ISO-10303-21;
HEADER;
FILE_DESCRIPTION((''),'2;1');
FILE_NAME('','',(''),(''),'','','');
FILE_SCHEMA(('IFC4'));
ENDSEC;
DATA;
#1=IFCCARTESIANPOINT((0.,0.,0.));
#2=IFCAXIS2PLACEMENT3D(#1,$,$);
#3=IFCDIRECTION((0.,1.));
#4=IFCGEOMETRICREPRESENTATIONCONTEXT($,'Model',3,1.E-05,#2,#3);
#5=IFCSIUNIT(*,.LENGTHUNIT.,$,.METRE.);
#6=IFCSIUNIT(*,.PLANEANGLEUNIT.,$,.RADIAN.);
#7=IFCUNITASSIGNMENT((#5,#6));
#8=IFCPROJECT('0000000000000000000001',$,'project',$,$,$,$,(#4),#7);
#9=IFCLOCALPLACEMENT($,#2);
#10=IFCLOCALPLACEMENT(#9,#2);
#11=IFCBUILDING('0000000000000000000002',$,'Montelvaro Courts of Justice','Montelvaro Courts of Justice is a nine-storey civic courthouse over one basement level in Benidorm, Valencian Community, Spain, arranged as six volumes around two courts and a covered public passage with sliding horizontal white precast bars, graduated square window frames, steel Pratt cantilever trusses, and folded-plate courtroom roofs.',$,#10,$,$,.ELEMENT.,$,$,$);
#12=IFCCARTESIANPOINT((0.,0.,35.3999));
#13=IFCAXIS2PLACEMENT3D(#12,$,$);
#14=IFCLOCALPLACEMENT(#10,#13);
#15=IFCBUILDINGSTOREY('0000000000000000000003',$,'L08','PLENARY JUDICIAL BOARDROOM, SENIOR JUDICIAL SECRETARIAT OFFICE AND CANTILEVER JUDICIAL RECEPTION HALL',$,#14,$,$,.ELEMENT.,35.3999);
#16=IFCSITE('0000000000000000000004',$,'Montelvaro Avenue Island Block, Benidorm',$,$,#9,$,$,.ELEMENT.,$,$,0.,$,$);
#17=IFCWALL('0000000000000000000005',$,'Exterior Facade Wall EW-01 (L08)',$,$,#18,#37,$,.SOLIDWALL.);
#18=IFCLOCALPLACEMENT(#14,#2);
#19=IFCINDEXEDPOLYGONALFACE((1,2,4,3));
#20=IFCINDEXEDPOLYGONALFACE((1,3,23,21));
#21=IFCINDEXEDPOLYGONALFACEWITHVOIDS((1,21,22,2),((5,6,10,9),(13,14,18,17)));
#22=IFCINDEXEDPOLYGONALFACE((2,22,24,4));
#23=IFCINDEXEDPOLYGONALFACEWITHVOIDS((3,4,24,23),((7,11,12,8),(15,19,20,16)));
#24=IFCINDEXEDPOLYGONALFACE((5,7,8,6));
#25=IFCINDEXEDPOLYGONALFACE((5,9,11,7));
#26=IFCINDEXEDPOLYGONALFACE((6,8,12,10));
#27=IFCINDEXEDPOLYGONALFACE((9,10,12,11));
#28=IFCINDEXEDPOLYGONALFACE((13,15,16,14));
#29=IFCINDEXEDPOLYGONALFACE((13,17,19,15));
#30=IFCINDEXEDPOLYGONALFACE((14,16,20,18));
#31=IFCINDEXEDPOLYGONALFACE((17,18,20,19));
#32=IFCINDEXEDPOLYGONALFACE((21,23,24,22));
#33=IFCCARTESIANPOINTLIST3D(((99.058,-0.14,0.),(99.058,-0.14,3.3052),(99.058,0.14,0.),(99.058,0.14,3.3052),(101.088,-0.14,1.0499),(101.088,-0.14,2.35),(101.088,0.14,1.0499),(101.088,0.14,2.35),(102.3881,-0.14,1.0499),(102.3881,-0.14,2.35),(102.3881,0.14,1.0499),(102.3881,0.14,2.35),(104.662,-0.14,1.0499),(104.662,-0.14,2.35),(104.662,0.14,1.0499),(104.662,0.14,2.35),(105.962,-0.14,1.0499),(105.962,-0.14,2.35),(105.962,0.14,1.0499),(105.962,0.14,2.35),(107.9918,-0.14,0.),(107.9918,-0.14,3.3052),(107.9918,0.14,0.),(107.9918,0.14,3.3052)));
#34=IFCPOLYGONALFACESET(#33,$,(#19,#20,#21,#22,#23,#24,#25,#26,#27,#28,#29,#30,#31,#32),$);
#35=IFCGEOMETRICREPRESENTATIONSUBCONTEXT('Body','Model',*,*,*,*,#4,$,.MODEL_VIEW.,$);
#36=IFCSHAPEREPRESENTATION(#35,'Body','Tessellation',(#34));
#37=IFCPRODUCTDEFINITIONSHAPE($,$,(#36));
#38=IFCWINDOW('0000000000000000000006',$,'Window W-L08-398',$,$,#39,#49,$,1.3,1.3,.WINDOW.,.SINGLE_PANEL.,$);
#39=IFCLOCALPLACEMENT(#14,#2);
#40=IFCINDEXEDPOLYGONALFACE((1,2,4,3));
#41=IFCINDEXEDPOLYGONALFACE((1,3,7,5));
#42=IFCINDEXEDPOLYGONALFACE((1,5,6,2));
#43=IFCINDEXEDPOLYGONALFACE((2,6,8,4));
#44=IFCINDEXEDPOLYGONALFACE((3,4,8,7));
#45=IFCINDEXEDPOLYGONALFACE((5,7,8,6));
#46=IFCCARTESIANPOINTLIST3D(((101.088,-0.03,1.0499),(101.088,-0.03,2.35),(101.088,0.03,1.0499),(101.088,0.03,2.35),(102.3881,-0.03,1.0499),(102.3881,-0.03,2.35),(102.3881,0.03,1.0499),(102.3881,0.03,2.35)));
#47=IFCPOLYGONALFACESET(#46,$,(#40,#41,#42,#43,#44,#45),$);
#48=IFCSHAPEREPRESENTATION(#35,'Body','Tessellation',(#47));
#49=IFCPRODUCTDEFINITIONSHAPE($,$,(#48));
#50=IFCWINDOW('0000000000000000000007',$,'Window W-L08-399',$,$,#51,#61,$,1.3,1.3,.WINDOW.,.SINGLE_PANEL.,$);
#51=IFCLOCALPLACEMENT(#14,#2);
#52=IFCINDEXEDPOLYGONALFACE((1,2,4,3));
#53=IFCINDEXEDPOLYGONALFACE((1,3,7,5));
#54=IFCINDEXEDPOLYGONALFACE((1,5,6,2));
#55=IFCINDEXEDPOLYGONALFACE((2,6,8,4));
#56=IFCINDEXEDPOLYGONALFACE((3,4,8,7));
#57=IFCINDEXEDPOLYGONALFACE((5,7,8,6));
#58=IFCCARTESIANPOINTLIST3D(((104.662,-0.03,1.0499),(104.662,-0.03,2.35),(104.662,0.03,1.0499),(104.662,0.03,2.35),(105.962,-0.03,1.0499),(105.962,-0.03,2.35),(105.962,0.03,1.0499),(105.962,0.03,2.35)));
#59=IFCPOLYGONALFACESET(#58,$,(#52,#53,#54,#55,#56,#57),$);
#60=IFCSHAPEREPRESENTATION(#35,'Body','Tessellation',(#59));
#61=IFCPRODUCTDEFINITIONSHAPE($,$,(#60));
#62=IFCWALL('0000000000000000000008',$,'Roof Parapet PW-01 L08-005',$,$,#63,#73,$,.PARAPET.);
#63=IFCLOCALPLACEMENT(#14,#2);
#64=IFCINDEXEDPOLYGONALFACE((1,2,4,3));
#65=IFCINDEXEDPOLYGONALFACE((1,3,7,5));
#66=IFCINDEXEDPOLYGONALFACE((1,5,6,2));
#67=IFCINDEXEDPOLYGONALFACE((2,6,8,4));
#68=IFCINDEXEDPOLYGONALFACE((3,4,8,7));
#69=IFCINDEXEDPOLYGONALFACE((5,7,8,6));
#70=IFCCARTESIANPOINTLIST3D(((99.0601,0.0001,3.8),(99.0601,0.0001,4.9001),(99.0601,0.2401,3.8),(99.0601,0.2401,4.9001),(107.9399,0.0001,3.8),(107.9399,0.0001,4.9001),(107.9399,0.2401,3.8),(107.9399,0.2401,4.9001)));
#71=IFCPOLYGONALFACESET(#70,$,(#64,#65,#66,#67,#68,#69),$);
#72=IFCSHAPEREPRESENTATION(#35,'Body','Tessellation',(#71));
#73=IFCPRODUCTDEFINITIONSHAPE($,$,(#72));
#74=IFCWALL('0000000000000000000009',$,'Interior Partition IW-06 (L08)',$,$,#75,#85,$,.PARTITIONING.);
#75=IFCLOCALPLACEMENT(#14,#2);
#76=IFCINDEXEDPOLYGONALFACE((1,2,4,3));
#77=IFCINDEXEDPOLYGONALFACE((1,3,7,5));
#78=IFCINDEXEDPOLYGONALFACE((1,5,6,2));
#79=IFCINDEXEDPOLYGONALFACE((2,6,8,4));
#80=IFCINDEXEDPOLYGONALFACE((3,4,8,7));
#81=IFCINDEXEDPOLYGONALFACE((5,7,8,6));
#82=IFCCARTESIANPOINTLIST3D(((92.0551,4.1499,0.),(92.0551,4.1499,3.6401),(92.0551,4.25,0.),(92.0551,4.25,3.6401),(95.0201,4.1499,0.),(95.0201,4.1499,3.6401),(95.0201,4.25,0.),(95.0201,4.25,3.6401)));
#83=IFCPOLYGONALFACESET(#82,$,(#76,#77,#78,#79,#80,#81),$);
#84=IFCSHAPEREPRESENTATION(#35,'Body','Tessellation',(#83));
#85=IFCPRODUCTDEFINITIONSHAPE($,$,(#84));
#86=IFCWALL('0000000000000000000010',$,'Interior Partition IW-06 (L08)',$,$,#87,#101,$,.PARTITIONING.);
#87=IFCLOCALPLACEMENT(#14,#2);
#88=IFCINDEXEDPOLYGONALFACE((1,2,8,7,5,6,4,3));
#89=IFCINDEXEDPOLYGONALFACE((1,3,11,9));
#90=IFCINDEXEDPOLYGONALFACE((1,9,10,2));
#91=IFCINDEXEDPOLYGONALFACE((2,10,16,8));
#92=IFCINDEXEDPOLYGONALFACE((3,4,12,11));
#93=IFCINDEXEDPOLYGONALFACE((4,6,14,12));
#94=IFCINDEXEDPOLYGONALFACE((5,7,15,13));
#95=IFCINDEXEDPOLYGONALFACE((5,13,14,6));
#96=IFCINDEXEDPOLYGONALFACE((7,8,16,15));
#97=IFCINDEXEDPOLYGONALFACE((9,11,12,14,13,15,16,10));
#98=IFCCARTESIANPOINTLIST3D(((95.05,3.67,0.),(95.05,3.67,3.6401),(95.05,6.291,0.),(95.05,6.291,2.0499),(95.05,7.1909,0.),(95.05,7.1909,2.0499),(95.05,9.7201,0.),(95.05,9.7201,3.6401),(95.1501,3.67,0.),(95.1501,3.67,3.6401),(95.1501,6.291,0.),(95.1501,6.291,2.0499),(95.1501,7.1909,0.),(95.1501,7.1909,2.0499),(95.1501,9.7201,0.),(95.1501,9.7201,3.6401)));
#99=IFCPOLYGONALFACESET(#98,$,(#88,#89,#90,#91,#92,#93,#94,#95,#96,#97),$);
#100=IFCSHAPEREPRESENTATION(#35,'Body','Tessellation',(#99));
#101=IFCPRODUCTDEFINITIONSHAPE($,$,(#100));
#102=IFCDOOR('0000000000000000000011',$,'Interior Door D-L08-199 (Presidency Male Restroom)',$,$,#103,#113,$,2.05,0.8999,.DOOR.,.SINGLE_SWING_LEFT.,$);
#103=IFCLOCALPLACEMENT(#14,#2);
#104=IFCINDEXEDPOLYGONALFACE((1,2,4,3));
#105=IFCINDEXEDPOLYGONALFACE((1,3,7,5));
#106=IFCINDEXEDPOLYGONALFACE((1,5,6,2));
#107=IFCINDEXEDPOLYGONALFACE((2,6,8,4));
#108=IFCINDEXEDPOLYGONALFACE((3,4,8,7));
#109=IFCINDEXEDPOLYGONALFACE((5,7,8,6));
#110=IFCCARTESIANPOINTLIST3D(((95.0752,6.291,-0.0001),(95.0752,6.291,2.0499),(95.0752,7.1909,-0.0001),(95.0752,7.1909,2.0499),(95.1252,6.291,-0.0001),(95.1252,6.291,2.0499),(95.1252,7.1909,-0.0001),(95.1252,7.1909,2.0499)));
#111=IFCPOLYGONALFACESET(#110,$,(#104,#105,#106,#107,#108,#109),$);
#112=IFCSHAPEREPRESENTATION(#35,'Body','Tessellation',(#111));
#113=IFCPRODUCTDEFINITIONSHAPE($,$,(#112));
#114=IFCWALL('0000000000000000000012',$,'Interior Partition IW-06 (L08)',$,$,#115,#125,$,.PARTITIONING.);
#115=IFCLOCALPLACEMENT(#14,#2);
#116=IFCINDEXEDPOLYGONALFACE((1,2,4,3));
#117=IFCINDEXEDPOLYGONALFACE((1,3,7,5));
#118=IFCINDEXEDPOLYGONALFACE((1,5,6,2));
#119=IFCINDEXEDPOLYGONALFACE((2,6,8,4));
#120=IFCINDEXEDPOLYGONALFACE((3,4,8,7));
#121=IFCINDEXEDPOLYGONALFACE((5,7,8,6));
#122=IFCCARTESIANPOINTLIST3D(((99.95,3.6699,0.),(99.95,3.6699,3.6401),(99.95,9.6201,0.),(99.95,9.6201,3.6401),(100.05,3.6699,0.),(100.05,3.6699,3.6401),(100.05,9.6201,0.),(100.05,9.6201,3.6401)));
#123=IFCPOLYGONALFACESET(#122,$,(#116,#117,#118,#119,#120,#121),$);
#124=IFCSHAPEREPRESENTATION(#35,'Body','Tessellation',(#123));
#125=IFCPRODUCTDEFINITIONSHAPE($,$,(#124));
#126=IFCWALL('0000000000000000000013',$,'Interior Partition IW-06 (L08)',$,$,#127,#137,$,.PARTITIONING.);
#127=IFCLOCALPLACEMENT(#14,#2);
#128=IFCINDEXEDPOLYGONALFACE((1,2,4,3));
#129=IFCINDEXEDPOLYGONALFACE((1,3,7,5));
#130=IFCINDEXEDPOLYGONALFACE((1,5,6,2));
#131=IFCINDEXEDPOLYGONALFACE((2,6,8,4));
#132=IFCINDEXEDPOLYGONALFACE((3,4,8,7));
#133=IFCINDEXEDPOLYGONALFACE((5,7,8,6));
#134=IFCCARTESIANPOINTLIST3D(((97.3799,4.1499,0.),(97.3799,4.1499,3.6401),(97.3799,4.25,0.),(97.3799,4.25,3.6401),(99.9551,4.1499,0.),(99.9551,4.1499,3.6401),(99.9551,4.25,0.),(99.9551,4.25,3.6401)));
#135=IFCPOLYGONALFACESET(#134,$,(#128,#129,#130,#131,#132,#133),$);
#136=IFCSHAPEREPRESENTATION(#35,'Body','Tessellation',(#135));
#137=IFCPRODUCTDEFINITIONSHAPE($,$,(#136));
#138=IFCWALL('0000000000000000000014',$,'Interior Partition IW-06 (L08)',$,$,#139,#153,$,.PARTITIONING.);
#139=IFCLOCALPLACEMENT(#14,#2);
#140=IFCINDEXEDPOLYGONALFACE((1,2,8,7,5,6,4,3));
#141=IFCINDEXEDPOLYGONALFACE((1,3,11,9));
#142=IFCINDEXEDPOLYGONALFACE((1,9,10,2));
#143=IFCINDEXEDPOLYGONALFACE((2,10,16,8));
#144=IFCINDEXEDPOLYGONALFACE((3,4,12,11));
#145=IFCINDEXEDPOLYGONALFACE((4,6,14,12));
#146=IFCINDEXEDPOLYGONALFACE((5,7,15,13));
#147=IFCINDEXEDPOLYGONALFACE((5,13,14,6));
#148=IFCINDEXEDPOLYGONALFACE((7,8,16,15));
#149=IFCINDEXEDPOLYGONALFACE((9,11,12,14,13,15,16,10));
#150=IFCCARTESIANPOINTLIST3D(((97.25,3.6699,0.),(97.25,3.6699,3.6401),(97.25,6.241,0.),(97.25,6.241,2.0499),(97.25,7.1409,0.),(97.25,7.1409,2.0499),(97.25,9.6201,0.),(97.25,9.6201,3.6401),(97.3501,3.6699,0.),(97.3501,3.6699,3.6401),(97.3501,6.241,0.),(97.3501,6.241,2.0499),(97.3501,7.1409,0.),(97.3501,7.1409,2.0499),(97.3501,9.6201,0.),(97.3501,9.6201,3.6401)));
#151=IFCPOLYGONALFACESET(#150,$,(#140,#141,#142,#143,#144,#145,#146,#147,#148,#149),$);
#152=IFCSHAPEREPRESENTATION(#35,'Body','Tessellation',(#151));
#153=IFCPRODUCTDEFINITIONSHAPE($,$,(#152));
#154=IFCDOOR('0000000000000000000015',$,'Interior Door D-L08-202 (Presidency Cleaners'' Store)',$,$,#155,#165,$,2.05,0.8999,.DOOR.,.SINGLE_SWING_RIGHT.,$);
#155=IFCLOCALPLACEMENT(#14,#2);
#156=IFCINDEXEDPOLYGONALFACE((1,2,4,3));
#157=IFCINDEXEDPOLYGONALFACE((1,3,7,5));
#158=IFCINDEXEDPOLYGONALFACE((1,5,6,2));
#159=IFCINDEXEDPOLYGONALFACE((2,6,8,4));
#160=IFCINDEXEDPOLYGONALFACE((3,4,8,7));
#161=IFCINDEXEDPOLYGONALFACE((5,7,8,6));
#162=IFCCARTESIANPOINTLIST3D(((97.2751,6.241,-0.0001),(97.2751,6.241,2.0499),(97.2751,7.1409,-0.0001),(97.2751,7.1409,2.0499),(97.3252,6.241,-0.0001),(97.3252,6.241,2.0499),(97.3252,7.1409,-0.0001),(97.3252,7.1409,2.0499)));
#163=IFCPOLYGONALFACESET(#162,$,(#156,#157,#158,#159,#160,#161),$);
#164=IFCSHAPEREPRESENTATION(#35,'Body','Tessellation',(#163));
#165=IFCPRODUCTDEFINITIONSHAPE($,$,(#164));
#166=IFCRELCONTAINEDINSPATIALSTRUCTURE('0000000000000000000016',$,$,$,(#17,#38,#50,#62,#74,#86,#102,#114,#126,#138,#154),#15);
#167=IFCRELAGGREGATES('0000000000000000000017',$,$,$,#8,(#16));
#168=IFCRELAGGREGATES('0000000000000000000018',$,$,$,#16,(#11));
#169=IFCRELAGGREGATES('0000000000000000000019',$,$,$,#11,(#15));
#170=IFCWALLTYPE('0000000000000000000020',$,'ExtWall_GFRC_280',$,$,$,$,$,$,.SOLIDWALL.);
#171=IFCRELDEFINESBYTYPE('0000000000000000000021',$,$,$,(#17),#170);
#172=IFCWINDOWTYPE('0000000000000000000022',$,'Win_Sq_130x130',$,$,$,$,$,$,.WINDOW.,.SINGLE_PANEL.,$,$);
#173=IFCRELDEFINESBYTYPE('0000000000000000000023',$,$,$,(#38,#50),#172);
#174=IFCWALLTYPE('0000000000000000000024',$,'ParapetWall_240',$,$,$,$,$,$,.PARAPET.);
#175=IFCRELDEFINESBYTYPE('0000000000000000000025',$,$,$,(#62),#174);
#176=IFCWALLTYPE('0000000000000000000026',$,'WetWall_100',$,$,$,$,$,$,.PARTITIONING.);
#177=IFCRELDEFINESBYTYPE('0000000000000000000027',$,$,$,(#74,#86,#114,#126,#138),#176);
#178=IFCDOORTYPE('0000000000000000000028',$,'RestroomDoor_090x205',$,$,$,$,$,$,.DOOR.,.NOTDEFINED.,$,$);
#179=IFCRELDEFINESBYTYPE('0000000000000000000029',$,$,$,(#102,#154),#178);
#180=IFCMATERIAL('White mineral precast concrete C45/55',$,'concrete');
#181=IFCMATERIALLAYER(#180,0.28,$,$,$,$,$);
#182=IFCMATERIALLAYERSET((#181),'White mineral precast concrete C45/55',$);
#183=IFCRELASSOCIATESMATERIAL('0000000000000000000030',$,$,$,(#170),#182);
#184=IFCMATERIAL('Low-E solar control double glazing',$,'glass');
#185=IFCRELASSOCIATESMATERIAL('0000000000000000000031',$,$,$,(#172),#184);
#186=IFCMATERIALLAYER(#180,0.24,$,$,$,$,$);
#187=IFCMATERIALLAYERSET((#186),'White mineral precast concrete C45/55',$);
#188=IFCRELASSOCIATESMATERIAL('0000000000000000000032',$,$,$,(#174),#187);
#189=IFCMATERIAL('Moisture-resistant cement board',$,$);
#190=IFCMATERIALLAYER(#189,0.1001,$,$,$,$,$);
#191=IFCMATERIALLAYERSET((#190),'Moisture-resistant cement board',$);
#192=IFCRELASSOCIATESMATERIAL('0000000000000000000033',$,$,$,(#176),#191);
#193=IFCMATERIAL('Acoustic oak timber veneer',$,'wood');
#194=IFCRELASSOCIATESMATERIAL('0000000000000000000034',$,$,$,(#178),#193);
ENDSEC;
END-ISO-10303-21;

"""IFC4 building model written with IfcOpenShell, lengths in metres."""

from ifc_helpers import new_model, si_unit, direction, frame, frame_2d, origin, place, context, subcontext, project, spatial, rectangle, extrude, material, layer, layer_set, type_object, element, fill, save


model = new_model("IFC4")

# Units and contexts
model_context = context("Model", 3, precision=1e-05, world=origin(), true_north=direction((0.0, 1.0)))
body_context = subcontext(model_context, "Body", "Model", "MODEL_VIEW")
ifc_project = project(units=[si_unit("LENGTHUNIT", "METRE"), si_unit("PLANEANGLEUNIT", "RADIAN")], contexts=[model_context])

# Site, building, storey
site_placement = place(None, origin())
site = spatial("IfcSite", under=ifc_project, at=site_placement, Name="Montelvaro Avenue Island Block, Benidorm", CompositionType="ELEMENT", RefElevation=0.0)
building_placement = place(site_placement, origin())
building = spatial("IfcBuilding", under=site, at=building_placement, Name="Montelvaro Courts of Justice", Description="Montelvaro Courts of Justice is a nine-storey civic courthouse over one basement level in Benidorm, Valencian Community, Spain, arranged as six volumes around two courts and a covered public passage with sliding horizontal white precast bars, graduated square window frames, steel Pratt cantilever trusses, and folded-plate courtroom roofs.", CompositionType="ELEMENT")
storey_placement = place(building_placement, frame((0.0, 0.0, 35.3999)))
storey = spatial("IfcBuildingStorey", under=building, at=storey_placement, Name="L08", Description="PLENARY JUDICIAL BOARDROOM, SENIOR JUDICIAL SECRETARIAT OFFICE AND CANTILEVER JUDICIAL RECEPTION HALL", CompositionType="ELEMENT", Elevation=35.3999)

# Shared definitions
ifc_material_1 = material(Name="White mineral precast concrete C45/55", Category="concrete")

# Wall, openings, windows
ifc_layer_1 = layer(ifc_material_1, 0.28)
ifc_layer_set_1 = layer_set([ifc_layer_1], Name="White mineral precast concrete C45/55")
wall_type_1 = type_object("IfcWallType", Name="ExtWall_GFRC_280", PredefinedType="SOLIDWALL", material=ifc_layer_set_1)
wall_1_placement = place(storey_placement, frame((99.0581, 0.0, 0.0), z_axis=(0.0, 0.0, 1.0), x_axis=(1.0, 0.0, 0.0)))
wall_1 = element("IfcWall", 1, at=wall_1_placement, inside=storey, type_object=wall_type_1, Name="Exterior Facade Wall EW-01 (L08)", PredefinedType="SOLIDWALL", context=body_context, shape_type="SweptSolid", body=[
    extrude(rectangle(XDim=8.9338, YDim=0.28, at=frame_2d((4.4668, 0.0))), origin(), (0.0, 0.0, 1.0), 3.3052),
])
opening_1_placement = place(wall_1_placement, frame((2.03, 0.0, 1.05)))
opening_1 = element("IfcOpeningElement", 2, at=opening_1_placement, cuts=wall_1, PredefinedType="OPENING", context=body_context, shape_type="SweptSolid", body=[
    extrude(rectangle(XDim=1.3, YDim=1.3, at=frame_2d((0.6499, 0.6499))), frame((0.0, 0.1548, 0.0), z_axis=(0.0, -1.0, 0.0), x_axis=(1.0, 0.0, 0.0)), (0.0, 0.0, 1.0), 0.3098),
])
opening_2_placement = place(wall_1_placement, frame((5.604, 0.0, 1.05)))
opening_2 = element("IfcOpeningElement", 3, at=opening_2_placement, cuts=wall_1, PredefinedType="OPENING", context=body_context, shape_type="SweptSolid", body=[
    extrude(rectangle(XDim=1.3, YDim=1.3, at=frame_2d((0.6499, 0.6499))), frame((0.0, 0.1548, 0.0), z_axis=(0.0, -1.0, 0.0), x_axis=(1.0, 0.0, 0.0)), (0.0, 0.0, 1.0), 0.3098),
])
ifc_material_2 = material(Name="Low-E solar control double glazing", Category="glass")
window_type = type_object("IfcWindowType", Name="Win_Sq_130x130", PartitioningType="SINGLE_PANEL", PredefinedType="WINDOW", material=ifc_material_2)
window_1_placement = place(opening_1_placement, origin())
window_1 = element("IfcWindow", 4, at=window_1_placement, inside=storey, type_object=window_type, Name="Window W-L08-398", OverallHeight=1.3, OverallWidth=1.3, PartitioningType="SINGLE_PANEL", PredefinedType="WINDOW", context=body_context, shape_type="SweptSolid", body=[
    extrude(rectangle(XDim=1.3, YDim=1.3, at=frame_2d((0.6499, 0.6499))), frame((0.0, 0.03, 0.0), z_axis=(0.0, -1.0, 0.0), x_axis=(1.0, 0.0, 0.0)), (0.0, 0.0, 1.0), 0.0601),
])
fill(opening_1, window_1)
window_2_placement = place(opening_2_placement, origin())
window_2 = element("IfcWindow", 5, at=window_2_placement, inside=storey, type_object=window_type, Name="Window W-L08-399", OverallHeight=1.3, OverallWidth=1.3, PartitioningType="SINGLE_PANEL", PredefinedType="WINDOW", context=body_context, shape_type="SweptSolid", body=[
    extrude(rectangle(XDim=1.3, YDim=1.3, at=frame_2d((0.6499, 0.6499))), frame((0.0, 0.03, 0.0), z_axis=(0.0, -1.0, 0.0), x_axis=(1.0, 0.0, 0.0)), (0.0, 0.0, 1.0), 0.0601),
])
fill(opening_2, window_2)

# Walls
ifc_layer_2 = layer(ifc_material_1, 0.24)
ifc_layer_set_2 = layer_set([ifc_layer_2], Name="White mineral precast concrete C45/55")
wall_type_2 = type_object("IfcWallType", Name="ParapetWall_240", PredefinedType="PARAPET", material=ifc_layer_set_2)
wall_2_placement = place(storey_placement, frame((99.0601, 0.1201, 3.8), z_axis=(0.0, 0.0, 1.0), x_axis=(1.0, 0.0, 0.0)))
element("IfcWall", 6, at=wall_2_placement, inside=storey, type_object=wall_type_2, Name="Roof Parapet PW-01 L08-005", PredefinedType="PARAPET", context=body_context, shape_type="SweptSolid", body=[
    extrude(rectangle(XDim=8.8799, YDim=0.24, at=frame_2d((4.4399, 0.0))), origin(), (0.0, 0.0, 1.0), 1.1001),
])
ifc_material_3 = material(Name="Moisture-resistant cement board")
ifc_layer_3 = layer(ifc_material_3, 0.1001)
ifc_layer_set_3 = layer_set([ifc_layer_3], Name="Moisture-resistant cement board")
wall_type_3 = type_object("IfcWallType", Name="WetWall_100", PredefinedType="PARTITIONING", material=ifc_layer_set_3)
wall_3_placement = place(storey_placement, frame((95.02, 4.2, 0.0), z_axis=(0.0, 0.0, 1.0), x_axis=(-1.0, 0.0, 0.0)))
element("IfcWall", 7, at=wall_3_placement, inside=storey, type_object=wall_type_3, Name="Interior Partition IW-06 (L08)", PredefinedType="PARTITIONING", context=body_context, shape_type="SweptSolid", body=[
    extrude(rectangle(XDim=2.9651, YDim=0.1001, at=frame_2d((1.4824, 0.0))), origin(), (0.0, 0.0, 1.0), 3.6401),
])

# Wall, opening, door
wall_4_placement = place(storey_placement, frame((95.1001, 9.72, 0.0), z_axis=(0.0, 0.0, 1.0), x_axis=(0.0, -1.0, 0.0)))
wall_4 = element("IfcWall", 8, at=wall_4_placement, inside=storey, type_object=wall_type_3, Name="Interior Partition IW-06 (L08)", PredefinedType="PARTITIONING", context=body_context, shape_type="SweptSolid", body=[
    extrude(rectangle(XDim=6.05, YDim=0.1001, at=frame_2d((3.0249, 0.0))), origin(), (0.0, 0.0, 1.0), 3.6401),
])
opening_3_placement = place(wall_4_placement, frame((2.5291, 0.0, 0.0)))
opening_3 = element("IfcOpeningElement", 9, at=opening_3_placement, cuts=wall_4, PredefinedType="OPENING", context=body_context, shape_type="SweptSolid", body=[
    extrude(rectangle(XDim=0.8999, YDim=2.05, at=frame_2d((0.45, 1.0249))), frame((0.0, 0.0649, 0.0), z_axis=(0.0, -1.0, 0.0), x_axis=(1.0, 0.0, 0.0)), (0.0, 0.0, 1.0), 0.1299),
])
ifc_material_4 = material(Name="Acoustic oak timber veneer", Category="wood")
door_type = type_object("IfcDoorType", Name="RestroomDoor_090x205", OperationType="NOTDEFINED", PredefinedType="DOOR", material=ifc_material_4)
door_1_placement = place(opening_3_placement, frame((0.8999, 0.0, 0.0), z_axis=(0.0, 0.0, 1.0), x_axis=(-1.0, 0.0, 0.0)))
door_1 = element("IfcDoor", 10, at=door_1_placement, inside=storey, type_object=door_type, Name="Interior Door D-L08-199 (Presidency Male Restroom)", OperationType="SINGLE_SWING_LEFT", OverallHeight=2.05, OverallWidth=0.8999, PredefinedType="DOOR", context=body_context, shape_type="SweptSolid", body=[
    extrude(rectangle(XDim=0.8999, YDim=2.05, at=frame_2d((0.45, 1.0249))), frame((0.0, 0.0249, 0.0), z_axis=(0.0, -1.0, 0.0), x_axis=(1.0, 0.0, 0.0)), (0.0, 0.0, 1.0), 0.05),
])
fill(opening_3, door_1)

# Walls
wall_5_placement = place(storey_placement, frame((100.0, 9.6201, 0.0), z_axis=(0.0, 0.0, 1.0), x_axis=(0.0, -1.0, 0.0)))
element("IfcWall", 11, at=wall_5_placement, inside=storey, type_object=wall_type_3, Name="Interior Partition IW-06 (L08)", PredefinedType="PARTITIONING", context=body_context, shape_type="SweptSolid", body=[
    extrude(rectangle(XDim=5.9502, YDim=0.1001, at=frame_2d((2.9751, 0.0))), origin(), (0.0, 0.0, 1.0), 3.6401),
])
wall_6_placement = place(storey_placement, frame((99.9551, 4.2, 0.0), z_axis=(0.0, 0.0, 1.0), x_axis=(-1.0, 0.0, 0.0)))
element("IfcWall", 12, at=wall_6_placement, inside=storey, type_object=wall_type_3, Name="Interior Partition IW-06 (L08)", PredefinedType="PARTITIONING", context=body_context, shape_type="SweptSolid", body=[
    extrude(rectangle(XDim=2.5752, YDim=0.1001, at=frame_2d((1.2876, 0.0))), origin(), (0.0, 0.0, 1.0), 3.6401),
])

# Wall, opening, door
wall_7_placement = place(storey_placement, frame((97.3, 3.6699, 0.0), z_axis=(0.0, 0.0, 1.0), x_axis=(0.0, 1.0, 0.0)))
wall_7 = element("IfcWall", 13, at=wall_7_placement, inside=storey, type_object=wall_type_3, Name="Interior Partition IW-06 (L08)", PredefinedType="PARTITIONING", context=body_context, shape_type="SweptSolid", body=[
    extrude(rectangle(XDim=5.9502, YDim=0.1001, at=frame_2d((2.9751, 0.0))), origin(), (0.0, 0.0, 1.0), 3.6401),
])
opening_4_placement = place(wall_7_placement, frame((2.571, 0.0, 0.0)))
opening_4 = element("IfcOpeningElement", 14, at=opening_4_placement, cuts=wall_7, PredefinedType="OPENING", context=body_context, shape_type="SweptSolid", body=[
    extrude(rectangle(XDim=0.8999, YDim=2.05, at=frame_2d((0.45, 1.0249))), frame((0.0, 0.0649, 0.0), z_axis=(0.0, -1.0, 0.0), x_axis=(1.0, 0.0, 0.0)), (0.0, 0.0, 1.0), 0.1299),
])
door_2_placement = place(opening_4_placement, origin())
door_2 = element("IfcDoor", 15, at=door_2_placement, inside=storey, type_object=door_type, Name="Interior Door D-L08-202 (Presidency Cleaners' Store)", OperationType="SINGLE_SWING_RIGHT", OverallHeight=2.05, OverallWidth=0.8999, PredefinedType="DOOR", context=body_context, shape_type="SweptSolid", body=[
    extrude(rectangle(XDim=0.8999, YDim=2.05, at=frame_2d((0.45, 1.0249))), frame((0.0, 0.0249, 0.0), z_axis=(0.0, -1.0, 0.0), x_axis=(1.0, 0.0, 0.0)), (0.0, 0.0, 1.0), 0.05),
])
fill(opening_4, door_2)

save(model, "model.ifc")
